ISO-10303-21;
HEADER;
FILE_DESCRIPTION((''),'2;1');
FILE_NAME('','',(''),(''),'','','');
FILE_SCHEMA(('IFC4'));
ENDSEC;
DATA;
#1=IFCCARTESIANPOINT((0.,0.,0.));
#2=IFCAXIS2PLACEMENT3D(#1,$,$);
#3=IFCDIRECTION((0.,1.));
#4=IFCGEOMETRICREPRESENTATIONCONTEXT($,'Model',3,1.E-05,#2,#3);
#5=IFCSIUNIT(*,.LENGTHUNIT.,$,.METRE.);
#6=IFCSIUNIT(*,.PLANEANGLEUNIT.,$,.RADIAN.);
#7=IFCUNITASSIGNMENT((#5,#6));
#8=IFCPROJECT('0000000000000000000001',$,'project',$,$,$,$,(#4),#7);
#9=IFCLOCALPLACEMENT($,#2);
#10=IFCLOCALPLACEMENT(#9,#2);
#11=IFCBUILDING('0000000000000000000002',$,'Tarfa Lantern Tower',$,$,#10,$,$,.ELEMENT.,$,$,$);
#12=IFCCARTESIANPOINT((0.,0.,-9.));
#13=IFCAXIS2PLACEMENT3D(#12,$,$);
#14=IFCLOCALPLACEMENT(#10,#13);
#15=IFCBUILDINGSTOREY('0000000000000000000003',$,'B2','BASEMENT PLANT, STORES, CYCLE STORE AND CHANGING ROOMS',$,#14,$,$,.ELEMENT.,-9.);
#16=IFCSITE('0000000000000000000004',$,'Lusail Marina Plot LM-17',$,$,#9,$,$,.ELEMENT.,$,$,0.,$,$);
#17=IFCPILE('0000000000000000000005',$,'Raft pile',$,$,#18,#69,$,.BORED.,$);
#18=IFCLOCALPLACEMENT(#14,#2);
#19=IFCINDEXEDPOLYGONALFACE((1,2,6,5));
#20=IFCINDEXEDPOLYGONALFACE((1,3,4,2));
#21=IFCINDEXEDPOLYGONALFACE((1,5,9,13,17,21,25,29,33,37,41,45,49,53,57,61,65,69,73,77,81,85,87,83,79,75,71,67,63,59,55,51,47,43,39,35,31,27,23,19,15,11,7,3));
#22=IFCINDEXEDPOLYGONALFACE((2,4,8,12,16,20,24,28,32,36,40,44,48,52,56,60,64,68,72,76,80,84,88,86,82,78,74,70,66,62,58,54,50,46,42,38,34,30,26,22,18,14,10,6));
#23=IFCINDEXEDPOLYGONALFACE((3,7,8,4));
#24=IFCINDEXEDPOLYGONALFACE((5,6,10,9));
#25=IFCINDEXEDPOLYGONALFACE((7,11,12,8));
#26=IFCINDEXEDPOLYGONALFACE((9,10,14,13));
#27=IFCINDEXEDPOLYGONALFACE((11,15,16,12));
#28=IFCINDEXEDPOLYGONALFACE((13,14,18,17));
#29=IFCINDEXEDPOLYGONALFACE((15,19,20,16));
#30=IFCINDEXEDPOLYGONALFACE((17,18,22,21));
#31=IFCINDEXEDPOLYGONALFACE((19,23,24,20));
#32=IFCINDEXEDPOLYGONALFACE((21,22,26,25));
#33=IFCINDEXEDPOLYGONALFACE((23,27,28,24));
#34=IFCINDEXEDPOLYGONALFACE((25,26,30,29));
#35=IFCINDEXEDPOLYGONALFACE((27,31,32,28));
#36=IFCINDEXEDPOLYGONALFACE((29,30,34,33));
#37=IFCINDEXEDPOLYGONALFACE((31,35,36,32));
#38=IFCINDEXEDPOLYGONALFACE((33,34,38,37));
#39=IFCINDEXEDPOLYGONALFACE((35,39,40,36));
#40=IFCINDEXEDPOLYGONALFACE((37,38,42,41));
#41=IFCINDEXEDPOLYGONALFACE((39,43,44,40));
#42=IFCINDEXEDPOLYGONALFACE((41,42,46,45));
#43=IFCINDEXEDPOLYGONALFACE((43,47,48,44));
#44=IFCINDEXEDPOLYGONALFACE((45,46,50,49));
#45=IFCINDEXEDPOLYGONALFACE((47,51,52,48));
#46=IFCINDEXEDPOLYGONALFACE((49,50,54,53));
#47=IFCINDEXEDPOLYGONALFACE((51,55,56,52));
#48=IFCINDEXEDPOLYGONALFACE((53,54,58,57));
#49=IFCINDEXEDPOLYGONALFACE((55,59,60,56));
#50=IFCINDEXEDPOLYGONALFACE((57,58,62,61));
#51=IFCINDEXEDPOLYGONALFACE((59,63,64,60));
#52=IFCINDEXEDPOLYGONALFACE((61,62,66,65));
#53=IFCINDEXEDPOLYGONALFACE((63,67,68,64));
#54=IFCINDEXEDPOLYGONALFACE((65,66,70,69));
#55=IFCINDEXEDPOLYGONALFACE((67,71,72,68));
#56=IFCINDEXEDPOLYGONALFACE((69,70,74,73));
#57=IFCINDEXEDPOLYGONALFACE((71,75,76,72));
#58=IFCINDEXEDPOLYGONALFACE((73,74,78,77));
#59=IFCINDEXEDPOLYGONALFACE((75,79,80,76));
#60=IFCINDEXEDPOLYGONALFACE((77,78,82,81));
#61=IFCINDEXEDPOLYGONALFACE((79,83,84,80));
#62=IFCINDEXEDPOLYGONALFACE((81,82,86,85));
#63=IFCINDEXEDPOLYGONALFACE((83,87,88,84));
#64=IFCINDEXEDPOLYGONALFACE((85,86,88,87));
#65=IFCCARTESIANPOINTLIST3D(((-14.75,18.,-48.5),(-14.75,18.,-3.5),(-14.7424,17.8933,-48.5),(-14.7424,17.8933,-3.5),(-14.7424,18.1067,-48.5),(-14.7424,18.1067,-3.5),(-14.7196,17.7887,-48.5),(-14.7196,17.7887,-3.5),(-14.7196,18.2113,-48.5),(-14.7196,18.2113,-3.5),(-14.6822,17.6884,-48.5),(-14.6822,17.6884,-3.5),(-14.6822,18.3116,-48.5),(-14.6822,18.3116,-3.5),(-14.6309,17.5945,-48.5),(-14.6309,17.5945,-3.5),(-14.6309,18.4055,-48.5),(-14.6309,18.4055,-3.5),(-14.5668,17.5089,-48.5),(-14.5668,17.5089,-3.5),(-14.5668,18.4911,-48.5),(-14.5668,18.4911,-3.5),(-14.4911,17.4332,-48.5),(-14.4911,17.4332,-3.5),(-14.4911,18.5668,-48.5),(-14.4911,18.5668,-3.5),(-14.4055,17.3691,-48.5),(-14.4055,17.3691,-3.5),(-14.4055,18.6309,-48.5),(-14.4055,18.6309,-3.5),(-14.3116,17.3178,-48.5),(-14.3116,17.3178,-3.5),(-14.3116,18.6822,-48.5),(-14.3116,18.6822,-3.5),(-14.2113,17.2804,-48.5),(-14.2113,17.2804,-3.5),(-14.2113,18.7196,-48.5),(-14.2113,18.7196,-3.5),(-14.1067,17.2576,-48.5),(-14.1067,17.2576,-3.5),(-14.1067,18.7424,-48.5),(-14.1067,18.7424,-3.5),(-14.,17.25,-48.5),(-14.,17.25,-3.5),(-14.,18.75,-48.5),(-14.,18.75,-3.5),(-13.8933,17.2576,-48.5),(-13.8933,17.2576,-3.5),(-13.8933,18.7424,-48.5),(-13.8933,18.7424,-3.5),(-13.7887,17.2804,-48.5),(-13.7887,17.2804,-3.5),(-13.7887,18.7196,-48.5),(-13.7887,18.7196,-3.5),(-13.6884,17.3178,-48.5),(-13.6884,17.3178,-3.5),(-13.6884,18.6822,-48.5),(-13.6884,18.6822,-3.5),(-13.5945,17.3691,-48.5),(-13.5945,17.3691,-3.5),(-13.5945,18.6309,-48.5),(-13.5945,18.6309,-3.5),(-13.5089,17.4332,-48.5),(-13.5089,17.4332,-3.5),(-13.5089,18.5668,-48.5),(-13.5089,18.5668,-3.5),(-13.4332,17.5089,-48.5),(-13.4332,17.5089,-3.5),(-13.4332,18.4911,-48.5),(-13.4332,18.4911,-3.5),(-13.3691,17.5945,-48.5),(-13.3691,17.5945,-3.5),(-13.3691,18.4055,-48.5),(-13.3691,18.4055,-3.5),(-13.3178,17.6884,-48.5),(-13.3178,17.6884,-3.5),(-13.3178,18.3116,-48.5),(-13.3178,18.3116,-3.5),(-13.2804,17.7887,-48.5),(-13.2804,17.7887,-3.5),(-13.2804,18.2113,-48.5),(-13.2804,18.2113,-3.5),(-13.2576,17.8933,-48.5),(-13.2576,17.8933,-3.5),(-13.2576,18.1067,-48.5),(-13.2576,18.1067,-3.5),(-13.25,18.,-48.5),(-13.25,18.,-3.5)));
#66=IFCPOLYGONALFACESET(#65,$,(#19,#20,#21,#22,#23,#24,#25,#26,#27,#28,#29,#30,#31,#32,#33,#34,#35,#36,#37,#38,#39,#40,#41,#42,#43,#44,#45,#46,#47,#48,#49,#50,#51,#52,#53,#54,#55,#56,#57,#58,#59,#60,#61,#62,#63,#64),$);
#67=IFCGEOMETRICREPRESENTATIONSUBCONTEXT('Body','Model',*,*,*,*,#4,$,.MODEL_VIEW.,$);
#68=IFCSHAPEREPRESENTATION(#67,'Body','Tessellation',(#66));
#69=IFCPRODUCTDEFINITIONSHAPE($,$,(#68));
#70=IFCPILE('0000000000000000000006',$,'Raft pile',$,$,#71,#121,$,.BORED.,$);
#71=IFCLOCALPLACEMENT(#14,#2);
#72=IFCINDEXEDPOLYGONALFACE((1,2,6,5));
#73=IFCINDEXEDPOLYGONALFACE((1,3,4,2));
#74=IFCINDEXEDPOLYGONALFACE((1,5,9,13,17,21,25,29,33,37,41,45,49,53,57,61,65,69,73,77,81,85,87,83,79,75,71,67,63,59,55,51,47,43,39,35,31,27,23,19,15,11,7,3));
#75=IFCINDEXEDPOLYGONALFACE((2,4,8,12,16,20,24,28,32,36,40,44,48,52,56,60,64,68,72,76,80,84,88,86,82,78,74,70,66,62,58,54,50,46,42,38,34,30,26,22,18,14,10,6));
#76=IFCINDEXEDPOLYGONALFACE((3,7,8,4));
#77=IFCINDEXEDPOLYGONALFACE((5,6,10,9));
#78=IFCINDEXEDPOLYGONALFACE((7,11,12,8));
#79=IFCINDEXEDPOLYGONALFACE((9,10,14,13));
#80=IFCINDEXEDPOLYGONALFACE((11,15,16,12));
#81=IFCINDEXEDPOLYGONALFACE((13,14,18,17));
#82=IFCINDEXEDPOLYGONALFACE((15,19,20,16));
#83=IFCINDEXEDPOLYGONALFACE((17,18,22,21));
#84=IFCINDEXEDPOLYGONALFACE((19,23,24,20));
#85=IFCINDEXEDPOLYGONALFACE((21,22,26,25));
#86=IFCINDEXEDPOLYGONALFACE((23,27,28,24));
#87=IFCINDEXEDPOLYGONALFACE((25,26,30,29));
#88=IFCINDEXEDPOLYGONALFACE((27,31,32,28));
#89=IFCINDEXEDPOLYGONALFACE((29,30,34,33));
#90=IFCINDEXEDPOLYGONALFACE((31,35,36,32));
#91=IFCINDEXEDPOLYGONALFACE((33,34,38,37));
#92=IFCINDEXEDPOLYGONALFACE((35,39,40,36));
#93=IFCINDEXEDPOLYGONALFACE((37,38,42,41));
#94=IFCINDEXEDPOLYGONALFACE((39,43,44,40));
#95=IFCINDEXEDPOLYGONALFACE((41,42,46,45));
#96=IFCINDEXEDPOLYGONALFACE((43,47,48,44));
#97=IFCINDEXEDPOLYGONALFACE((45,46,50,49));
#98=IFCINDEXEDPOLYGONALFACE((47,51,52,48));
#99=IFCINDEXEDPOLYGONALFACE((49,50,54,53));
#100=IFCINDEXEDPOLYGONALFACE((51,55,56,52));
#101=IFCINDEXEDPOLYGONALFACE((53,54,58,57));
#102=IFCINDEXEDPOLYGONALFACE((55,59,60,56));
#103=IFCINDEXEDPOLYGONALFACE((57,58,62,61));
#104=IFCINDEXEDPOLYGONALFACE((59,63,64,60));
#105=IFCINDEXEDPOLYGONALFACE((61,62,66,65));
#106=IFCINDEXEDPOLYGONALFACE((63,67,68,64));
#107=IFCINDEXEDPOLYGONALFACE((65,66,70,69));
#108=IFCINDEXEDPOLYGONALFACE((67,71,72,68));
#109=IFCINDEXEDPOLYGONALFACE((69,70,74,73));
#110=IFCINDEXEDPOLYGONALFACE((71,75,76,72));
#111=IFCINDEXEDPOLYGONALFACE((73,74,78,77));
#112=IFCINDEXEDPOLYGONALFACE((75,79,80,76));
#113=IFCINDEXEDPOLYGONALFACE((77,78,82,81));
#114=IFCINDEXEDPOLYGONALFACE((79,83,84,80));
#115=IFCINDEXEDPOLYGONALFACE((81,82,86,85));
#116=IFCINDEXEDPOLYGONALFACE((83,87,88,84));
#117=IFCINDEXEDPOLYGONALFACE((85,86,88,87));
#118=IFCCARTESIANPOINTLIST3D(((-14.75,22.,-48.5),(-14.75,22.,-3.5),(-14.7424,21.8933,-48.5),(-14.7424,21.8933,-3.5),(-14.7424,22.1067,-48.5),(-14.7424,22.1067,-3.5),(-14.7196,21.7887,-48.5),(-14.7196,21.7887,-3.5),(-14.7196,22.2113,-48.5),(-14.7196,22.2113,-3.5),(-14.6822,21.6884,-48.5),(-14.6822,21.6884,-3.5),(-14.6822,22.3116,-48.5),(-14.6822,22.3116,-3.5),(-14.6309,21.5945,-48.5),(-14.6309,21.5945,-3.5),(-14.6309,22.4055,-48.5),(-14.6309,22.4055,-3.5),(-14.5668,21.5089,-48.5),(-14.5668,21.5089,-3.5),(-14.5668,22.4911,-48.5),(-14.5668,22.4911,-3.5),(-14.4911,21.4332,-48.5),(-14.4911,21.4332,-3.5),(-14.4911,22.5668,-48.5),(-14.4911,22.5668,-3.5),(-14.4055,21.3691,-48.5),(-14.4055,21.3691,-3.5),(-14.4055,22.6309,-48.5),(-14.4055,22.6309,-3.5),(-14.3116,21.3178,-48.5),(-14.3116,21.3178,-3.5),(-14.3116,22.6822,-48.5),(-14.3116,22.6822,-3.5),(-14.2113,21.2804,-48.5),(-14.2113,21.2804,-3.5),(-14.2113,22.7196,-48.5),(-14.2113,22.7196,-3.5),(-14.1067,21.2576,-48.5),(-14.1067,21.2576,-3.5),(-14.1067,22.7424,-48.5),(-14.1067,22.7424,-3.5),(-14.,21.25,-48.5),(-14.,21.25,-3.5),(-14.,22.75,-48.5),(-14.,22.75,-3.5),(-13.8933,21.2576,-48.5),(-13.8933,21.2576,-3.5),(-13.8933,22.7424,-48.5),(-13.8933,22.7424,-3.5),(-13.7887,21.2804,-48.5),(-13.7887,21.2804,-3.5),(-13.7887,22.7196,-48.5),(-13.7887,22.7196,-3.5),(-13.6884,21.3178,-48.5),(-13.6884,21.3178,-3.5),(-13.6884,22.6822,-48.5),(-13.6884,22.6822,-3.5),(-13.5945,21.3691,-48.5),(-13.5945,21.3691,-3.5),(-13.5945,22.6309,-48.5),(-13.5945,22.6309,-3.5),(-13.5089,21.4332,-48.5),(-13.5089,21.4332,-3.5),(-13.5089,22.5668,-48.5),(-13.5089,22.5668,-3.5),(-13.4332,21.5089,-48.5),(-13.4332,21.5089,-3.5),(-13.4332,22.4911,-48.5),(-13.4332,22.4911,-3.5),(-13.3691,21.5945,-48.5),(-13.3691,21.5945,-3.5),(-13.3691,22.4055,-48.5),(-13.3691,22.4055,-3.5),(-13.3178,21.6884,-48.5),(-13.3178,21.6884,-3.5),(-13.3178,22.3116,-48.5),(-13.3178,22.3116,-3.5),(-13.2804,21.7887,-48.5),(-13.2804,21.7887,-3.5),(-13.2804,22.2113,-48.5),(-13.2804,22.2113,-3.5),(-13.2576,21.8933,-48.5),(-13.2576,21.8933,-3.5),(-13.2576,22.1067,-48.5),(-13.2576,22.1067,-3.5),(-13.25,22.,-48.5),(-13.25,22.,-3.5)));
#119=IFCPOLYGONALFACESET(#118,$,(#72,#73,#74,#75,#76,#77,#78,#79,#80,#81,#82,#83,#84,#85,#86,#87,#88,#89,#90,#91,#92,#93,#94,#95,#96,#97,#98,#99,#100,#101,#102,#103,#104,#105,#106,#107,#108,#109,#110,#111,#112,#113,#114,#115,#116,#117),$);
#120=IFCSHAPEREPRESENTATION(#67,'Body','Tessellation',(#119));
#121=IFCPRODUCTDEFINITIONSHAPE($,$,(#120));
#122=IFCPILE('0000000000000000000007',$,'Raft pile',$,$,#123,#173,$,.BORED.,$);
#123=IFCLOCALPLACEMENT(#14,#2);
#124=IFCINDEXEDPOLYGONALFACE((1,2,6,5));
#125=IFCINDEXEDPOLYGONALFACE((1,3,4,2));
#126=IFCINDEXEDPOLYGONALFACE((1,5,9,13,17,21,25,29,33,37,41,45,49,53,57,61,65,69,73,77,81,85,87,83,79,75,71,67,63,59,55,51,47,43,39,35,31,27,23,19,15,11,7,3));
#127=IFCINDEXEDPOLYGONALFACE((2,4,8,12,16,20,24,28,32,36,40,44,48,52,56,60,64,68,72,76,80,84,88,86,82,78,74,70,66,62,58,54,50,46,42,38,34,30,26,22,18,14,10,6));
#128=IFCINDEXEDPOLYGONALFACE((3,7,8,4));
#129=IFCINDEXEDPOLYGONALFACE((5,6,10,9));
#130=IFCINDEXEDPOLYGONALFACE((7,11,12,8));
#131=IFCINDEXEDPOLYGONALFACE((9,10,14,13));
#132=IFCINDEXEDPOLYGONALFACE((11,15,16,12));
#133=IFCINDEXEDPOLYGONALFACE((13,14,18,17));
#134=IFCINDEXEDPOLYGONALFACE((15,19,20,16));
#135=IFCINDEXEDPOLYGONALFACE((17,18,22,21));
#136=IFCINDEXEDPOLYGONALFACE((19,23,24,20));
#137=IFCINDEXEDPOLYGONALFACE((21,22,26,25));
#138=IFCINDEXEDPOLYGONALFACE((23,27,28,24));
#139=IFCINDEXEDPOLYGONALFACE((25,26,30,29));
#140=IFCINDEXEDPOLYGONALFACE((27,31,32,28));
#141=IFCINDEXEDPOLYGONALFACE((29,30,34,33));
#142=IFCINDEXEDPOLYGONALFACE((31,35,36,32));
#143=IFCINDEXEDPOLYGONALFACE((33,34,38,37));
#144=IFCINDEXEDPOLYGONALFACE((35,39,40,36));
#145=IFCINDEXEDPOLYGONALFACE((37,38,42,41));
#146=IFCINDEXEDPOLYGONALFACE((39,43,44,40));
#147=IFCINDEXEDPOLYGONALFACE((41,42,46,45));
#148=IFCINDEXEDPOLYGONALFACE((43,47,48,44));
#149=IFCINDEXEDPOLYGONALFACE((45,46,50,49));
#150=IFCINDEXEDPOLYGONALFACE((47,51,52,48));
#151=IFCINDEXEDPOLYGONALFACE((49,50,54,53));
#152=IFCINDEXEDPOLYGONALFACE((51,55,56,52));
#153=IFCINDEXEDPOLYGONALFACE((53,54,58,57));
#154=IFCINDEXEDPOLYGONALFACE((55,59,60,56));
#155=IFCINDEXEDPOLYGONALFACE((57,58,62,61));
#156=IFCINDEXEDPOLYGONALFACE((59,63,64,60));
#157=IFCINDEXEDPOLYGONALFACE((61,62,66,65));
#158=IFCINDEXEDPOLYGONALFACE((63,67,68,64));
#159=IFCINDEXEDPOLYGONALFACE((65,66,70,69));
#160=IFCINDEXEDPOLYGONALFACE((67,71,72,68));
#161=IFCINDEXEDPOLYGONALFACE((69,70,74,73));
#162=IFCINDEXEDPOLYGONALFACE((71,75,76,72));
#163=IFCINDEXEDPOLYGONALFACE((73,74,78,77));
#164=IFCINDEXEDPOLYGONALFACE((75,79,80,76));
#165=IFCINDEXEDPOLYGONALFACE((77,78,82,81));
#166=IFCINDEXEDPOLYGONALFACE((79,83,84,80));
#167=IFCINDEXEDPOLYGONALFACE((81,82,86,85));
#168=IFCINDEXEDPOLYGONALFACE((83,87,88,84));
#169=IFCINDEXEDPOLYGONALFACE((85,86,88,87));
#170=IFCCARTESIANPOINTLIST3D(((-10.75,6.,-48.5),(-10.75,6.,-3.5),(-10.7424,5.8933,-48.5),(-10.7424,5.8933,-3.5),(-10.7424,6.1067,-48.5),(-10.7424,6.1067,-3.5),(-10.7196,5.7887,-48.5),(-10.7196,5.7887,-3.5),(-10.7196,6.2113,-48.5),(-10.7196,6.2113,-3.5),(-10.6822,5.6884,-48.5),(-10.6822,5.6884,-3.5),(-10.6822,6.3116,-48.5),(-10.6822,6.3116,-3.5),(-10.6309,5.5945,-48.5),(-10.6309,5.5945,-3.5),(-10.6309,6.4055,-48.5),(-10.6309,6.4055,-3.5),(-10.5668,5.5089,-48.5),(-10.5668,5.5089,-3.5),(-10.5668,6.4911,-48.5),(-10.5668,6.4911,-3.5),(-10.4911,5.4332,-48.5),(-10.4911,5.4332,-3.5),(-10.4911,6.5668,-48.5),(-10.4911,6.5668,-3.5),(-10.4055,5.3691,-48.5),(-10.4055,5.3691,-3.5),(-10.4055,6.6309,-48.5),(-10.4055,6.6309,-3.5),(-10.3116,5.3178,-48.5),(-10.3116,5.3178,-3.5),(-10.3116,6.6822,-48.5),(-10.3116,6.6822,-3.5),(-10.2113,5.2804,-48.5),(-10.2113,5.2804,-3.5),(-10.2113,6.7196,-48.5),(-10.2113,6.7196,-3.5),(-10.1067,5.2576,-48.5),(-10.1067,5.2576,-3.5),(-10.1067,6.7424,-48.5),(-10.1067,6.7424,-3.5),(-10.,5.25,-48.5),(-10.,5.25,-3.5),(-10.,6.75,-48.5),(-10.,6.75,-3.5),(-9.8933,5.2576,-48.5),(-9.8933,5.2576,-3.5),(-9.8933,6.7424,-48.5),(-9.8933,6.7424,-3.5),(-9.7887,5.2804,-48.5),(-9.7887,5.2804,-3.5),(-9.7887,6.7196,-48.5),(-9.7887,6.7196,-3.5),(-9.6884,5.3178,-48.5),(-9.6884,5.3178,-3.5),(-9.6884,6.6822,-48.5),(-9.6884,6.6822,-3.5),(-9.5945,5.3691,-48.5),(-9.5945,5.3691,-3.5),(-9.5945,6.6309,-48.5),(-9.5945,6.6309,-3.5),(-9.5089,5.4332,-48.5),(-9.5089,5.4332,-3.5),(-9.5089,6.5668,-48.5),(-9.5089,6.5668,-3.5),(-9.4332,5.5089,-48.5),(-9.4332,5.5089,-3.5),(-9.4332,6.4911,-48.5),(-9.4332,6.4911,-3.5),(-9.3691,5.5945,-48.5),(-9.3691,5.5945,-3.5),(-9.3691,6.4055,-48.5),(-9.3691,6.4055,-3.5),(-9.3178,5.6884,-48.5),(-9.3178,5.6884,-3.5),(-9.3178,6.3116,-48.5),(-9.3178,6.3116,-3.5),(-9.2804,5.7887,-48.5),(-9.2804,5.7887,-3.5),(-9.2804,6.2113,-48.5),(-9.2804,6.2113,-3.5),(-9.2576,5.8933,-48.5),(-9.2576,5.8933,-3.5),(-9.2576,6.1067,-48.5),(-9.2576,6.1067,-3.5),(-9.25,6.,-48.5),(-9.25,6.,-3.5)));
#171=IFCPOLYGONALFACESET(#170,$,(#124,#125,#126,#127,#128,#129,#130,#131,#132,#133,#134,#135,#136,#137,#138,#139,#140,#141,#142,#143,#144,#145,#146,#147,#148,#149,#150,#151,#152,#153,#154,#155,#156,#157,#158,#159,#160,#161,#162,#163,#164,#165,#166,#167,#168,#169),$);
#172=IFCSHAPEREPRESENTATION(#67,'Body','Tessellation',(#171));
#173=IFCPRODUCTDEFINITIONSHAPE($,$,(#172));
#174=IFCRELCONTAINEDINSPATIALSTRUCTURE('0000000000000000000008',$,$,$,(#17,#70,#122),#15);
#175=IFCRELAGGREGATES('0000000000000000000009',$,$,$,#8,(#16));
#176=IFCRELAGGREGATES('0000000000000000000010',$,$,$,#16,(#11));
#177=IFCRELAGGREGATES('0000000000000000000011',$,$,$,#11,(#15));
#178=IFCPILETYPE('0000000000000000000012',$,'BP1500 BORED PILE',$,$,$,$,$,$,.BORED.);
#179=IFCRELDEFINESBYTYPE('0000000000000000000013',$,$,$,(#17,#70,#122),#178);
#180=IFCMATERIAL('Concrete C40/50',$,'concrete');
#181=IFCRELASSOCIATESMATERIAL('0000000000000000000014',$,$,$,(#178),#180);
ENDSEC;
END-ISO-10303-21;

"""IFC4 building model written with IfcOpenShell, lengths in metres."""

from ifc_helpers import new_model, si_unit, direction, frame, origin, origin_2d, place, context, subcontext, project, spatial, circle, extrude, material, material_profile, profile_set, type_object, element, save


model = new_model("IFC4")

# Units and contexts
model_context = context("Model", 3, precision=1e-05, world=origin(), true_north=direction((0.0, 1.0)))
body_context = subcontext(model_context, "Body", "Model", "MODEL_VIEW")
ifc_project = project(units=[si_unit("LENGTHUNIT", "METRE"), si_unit("PLANEANGLEUNIT", "RADIAN")], contexts=[model_context])

# Site, building, storey
site_placement = place(None, origin())
site = spatial("IfcSite", under=ifc_project, at=site_placement, Name="Lusail Marina Plot LM-17", CompositionType="ELEMENT", RefElevation=0.0)
building_placement = place(site_placement, origin())
building = spatial("IfcBuilding", under=site, at=building_placement, Name="Tarfa Lantern Tower", CompositionType="ELEMENT")
storey_placement = place(building_placement, frame((0.0, 0.0, -9.0)))
storey = spatial("IfcBuildingStorey", under=building, at=storey_placement, Name="B2", Description="BASEMENT PLANT, STORES, CYCLE STORE AND CHANGING ROOMS", CompositionType="ELEMENT", Elevation=-9.0)

# Piles
ifc_material_1 = material(Name="Concrete C40/50", Category="concrete")
ifc_material_profile = material_profile(ifc_material_1, circle(Radius=0.75, at=origin_2d()), Name="BORED PILE D1500")
ifc_profile_set = profile_set([ifc_material_profile], Name="Concrete C40/50")
pile_type = type_object("IfcPileType", Name="BP1500 BORED PILE", PredefinedType="BORED", material=ifc_profile_set)
for number, where, z_axis, x_axis, name in (
    (1, (-14.0, 18.0, -3.5), (0.0, 0.0, -1.0), (1.0, 0.0, 0.0), "Raft pile"),
    (2, (-14.0, 22.0, -3.5), (0.0, 0.0, -1.0), (1.0, 0.0, 0.0), "Raft pile"),
    (3, (-10.0, 6.0, -3.5), (0.0, 0.0, -1.0), (1.0, 0.0, 0.0), "Raft pile"),
):
    element("IfcPile", number, at=place(storey_placement, frame(where, z_axis=z_axis, x_axis=x_axis)), inside=storey, type_object=pile_type, Name=name, PredefinedType="BORED", context=body_context, shape_type="SweptSolid", body=[
        extrude(circle(Radius=0.75, at=origin_2d()), origin(), (0.0, 0.0, 1.0), 45.0),
    ])

save(model, "model.ifc")
